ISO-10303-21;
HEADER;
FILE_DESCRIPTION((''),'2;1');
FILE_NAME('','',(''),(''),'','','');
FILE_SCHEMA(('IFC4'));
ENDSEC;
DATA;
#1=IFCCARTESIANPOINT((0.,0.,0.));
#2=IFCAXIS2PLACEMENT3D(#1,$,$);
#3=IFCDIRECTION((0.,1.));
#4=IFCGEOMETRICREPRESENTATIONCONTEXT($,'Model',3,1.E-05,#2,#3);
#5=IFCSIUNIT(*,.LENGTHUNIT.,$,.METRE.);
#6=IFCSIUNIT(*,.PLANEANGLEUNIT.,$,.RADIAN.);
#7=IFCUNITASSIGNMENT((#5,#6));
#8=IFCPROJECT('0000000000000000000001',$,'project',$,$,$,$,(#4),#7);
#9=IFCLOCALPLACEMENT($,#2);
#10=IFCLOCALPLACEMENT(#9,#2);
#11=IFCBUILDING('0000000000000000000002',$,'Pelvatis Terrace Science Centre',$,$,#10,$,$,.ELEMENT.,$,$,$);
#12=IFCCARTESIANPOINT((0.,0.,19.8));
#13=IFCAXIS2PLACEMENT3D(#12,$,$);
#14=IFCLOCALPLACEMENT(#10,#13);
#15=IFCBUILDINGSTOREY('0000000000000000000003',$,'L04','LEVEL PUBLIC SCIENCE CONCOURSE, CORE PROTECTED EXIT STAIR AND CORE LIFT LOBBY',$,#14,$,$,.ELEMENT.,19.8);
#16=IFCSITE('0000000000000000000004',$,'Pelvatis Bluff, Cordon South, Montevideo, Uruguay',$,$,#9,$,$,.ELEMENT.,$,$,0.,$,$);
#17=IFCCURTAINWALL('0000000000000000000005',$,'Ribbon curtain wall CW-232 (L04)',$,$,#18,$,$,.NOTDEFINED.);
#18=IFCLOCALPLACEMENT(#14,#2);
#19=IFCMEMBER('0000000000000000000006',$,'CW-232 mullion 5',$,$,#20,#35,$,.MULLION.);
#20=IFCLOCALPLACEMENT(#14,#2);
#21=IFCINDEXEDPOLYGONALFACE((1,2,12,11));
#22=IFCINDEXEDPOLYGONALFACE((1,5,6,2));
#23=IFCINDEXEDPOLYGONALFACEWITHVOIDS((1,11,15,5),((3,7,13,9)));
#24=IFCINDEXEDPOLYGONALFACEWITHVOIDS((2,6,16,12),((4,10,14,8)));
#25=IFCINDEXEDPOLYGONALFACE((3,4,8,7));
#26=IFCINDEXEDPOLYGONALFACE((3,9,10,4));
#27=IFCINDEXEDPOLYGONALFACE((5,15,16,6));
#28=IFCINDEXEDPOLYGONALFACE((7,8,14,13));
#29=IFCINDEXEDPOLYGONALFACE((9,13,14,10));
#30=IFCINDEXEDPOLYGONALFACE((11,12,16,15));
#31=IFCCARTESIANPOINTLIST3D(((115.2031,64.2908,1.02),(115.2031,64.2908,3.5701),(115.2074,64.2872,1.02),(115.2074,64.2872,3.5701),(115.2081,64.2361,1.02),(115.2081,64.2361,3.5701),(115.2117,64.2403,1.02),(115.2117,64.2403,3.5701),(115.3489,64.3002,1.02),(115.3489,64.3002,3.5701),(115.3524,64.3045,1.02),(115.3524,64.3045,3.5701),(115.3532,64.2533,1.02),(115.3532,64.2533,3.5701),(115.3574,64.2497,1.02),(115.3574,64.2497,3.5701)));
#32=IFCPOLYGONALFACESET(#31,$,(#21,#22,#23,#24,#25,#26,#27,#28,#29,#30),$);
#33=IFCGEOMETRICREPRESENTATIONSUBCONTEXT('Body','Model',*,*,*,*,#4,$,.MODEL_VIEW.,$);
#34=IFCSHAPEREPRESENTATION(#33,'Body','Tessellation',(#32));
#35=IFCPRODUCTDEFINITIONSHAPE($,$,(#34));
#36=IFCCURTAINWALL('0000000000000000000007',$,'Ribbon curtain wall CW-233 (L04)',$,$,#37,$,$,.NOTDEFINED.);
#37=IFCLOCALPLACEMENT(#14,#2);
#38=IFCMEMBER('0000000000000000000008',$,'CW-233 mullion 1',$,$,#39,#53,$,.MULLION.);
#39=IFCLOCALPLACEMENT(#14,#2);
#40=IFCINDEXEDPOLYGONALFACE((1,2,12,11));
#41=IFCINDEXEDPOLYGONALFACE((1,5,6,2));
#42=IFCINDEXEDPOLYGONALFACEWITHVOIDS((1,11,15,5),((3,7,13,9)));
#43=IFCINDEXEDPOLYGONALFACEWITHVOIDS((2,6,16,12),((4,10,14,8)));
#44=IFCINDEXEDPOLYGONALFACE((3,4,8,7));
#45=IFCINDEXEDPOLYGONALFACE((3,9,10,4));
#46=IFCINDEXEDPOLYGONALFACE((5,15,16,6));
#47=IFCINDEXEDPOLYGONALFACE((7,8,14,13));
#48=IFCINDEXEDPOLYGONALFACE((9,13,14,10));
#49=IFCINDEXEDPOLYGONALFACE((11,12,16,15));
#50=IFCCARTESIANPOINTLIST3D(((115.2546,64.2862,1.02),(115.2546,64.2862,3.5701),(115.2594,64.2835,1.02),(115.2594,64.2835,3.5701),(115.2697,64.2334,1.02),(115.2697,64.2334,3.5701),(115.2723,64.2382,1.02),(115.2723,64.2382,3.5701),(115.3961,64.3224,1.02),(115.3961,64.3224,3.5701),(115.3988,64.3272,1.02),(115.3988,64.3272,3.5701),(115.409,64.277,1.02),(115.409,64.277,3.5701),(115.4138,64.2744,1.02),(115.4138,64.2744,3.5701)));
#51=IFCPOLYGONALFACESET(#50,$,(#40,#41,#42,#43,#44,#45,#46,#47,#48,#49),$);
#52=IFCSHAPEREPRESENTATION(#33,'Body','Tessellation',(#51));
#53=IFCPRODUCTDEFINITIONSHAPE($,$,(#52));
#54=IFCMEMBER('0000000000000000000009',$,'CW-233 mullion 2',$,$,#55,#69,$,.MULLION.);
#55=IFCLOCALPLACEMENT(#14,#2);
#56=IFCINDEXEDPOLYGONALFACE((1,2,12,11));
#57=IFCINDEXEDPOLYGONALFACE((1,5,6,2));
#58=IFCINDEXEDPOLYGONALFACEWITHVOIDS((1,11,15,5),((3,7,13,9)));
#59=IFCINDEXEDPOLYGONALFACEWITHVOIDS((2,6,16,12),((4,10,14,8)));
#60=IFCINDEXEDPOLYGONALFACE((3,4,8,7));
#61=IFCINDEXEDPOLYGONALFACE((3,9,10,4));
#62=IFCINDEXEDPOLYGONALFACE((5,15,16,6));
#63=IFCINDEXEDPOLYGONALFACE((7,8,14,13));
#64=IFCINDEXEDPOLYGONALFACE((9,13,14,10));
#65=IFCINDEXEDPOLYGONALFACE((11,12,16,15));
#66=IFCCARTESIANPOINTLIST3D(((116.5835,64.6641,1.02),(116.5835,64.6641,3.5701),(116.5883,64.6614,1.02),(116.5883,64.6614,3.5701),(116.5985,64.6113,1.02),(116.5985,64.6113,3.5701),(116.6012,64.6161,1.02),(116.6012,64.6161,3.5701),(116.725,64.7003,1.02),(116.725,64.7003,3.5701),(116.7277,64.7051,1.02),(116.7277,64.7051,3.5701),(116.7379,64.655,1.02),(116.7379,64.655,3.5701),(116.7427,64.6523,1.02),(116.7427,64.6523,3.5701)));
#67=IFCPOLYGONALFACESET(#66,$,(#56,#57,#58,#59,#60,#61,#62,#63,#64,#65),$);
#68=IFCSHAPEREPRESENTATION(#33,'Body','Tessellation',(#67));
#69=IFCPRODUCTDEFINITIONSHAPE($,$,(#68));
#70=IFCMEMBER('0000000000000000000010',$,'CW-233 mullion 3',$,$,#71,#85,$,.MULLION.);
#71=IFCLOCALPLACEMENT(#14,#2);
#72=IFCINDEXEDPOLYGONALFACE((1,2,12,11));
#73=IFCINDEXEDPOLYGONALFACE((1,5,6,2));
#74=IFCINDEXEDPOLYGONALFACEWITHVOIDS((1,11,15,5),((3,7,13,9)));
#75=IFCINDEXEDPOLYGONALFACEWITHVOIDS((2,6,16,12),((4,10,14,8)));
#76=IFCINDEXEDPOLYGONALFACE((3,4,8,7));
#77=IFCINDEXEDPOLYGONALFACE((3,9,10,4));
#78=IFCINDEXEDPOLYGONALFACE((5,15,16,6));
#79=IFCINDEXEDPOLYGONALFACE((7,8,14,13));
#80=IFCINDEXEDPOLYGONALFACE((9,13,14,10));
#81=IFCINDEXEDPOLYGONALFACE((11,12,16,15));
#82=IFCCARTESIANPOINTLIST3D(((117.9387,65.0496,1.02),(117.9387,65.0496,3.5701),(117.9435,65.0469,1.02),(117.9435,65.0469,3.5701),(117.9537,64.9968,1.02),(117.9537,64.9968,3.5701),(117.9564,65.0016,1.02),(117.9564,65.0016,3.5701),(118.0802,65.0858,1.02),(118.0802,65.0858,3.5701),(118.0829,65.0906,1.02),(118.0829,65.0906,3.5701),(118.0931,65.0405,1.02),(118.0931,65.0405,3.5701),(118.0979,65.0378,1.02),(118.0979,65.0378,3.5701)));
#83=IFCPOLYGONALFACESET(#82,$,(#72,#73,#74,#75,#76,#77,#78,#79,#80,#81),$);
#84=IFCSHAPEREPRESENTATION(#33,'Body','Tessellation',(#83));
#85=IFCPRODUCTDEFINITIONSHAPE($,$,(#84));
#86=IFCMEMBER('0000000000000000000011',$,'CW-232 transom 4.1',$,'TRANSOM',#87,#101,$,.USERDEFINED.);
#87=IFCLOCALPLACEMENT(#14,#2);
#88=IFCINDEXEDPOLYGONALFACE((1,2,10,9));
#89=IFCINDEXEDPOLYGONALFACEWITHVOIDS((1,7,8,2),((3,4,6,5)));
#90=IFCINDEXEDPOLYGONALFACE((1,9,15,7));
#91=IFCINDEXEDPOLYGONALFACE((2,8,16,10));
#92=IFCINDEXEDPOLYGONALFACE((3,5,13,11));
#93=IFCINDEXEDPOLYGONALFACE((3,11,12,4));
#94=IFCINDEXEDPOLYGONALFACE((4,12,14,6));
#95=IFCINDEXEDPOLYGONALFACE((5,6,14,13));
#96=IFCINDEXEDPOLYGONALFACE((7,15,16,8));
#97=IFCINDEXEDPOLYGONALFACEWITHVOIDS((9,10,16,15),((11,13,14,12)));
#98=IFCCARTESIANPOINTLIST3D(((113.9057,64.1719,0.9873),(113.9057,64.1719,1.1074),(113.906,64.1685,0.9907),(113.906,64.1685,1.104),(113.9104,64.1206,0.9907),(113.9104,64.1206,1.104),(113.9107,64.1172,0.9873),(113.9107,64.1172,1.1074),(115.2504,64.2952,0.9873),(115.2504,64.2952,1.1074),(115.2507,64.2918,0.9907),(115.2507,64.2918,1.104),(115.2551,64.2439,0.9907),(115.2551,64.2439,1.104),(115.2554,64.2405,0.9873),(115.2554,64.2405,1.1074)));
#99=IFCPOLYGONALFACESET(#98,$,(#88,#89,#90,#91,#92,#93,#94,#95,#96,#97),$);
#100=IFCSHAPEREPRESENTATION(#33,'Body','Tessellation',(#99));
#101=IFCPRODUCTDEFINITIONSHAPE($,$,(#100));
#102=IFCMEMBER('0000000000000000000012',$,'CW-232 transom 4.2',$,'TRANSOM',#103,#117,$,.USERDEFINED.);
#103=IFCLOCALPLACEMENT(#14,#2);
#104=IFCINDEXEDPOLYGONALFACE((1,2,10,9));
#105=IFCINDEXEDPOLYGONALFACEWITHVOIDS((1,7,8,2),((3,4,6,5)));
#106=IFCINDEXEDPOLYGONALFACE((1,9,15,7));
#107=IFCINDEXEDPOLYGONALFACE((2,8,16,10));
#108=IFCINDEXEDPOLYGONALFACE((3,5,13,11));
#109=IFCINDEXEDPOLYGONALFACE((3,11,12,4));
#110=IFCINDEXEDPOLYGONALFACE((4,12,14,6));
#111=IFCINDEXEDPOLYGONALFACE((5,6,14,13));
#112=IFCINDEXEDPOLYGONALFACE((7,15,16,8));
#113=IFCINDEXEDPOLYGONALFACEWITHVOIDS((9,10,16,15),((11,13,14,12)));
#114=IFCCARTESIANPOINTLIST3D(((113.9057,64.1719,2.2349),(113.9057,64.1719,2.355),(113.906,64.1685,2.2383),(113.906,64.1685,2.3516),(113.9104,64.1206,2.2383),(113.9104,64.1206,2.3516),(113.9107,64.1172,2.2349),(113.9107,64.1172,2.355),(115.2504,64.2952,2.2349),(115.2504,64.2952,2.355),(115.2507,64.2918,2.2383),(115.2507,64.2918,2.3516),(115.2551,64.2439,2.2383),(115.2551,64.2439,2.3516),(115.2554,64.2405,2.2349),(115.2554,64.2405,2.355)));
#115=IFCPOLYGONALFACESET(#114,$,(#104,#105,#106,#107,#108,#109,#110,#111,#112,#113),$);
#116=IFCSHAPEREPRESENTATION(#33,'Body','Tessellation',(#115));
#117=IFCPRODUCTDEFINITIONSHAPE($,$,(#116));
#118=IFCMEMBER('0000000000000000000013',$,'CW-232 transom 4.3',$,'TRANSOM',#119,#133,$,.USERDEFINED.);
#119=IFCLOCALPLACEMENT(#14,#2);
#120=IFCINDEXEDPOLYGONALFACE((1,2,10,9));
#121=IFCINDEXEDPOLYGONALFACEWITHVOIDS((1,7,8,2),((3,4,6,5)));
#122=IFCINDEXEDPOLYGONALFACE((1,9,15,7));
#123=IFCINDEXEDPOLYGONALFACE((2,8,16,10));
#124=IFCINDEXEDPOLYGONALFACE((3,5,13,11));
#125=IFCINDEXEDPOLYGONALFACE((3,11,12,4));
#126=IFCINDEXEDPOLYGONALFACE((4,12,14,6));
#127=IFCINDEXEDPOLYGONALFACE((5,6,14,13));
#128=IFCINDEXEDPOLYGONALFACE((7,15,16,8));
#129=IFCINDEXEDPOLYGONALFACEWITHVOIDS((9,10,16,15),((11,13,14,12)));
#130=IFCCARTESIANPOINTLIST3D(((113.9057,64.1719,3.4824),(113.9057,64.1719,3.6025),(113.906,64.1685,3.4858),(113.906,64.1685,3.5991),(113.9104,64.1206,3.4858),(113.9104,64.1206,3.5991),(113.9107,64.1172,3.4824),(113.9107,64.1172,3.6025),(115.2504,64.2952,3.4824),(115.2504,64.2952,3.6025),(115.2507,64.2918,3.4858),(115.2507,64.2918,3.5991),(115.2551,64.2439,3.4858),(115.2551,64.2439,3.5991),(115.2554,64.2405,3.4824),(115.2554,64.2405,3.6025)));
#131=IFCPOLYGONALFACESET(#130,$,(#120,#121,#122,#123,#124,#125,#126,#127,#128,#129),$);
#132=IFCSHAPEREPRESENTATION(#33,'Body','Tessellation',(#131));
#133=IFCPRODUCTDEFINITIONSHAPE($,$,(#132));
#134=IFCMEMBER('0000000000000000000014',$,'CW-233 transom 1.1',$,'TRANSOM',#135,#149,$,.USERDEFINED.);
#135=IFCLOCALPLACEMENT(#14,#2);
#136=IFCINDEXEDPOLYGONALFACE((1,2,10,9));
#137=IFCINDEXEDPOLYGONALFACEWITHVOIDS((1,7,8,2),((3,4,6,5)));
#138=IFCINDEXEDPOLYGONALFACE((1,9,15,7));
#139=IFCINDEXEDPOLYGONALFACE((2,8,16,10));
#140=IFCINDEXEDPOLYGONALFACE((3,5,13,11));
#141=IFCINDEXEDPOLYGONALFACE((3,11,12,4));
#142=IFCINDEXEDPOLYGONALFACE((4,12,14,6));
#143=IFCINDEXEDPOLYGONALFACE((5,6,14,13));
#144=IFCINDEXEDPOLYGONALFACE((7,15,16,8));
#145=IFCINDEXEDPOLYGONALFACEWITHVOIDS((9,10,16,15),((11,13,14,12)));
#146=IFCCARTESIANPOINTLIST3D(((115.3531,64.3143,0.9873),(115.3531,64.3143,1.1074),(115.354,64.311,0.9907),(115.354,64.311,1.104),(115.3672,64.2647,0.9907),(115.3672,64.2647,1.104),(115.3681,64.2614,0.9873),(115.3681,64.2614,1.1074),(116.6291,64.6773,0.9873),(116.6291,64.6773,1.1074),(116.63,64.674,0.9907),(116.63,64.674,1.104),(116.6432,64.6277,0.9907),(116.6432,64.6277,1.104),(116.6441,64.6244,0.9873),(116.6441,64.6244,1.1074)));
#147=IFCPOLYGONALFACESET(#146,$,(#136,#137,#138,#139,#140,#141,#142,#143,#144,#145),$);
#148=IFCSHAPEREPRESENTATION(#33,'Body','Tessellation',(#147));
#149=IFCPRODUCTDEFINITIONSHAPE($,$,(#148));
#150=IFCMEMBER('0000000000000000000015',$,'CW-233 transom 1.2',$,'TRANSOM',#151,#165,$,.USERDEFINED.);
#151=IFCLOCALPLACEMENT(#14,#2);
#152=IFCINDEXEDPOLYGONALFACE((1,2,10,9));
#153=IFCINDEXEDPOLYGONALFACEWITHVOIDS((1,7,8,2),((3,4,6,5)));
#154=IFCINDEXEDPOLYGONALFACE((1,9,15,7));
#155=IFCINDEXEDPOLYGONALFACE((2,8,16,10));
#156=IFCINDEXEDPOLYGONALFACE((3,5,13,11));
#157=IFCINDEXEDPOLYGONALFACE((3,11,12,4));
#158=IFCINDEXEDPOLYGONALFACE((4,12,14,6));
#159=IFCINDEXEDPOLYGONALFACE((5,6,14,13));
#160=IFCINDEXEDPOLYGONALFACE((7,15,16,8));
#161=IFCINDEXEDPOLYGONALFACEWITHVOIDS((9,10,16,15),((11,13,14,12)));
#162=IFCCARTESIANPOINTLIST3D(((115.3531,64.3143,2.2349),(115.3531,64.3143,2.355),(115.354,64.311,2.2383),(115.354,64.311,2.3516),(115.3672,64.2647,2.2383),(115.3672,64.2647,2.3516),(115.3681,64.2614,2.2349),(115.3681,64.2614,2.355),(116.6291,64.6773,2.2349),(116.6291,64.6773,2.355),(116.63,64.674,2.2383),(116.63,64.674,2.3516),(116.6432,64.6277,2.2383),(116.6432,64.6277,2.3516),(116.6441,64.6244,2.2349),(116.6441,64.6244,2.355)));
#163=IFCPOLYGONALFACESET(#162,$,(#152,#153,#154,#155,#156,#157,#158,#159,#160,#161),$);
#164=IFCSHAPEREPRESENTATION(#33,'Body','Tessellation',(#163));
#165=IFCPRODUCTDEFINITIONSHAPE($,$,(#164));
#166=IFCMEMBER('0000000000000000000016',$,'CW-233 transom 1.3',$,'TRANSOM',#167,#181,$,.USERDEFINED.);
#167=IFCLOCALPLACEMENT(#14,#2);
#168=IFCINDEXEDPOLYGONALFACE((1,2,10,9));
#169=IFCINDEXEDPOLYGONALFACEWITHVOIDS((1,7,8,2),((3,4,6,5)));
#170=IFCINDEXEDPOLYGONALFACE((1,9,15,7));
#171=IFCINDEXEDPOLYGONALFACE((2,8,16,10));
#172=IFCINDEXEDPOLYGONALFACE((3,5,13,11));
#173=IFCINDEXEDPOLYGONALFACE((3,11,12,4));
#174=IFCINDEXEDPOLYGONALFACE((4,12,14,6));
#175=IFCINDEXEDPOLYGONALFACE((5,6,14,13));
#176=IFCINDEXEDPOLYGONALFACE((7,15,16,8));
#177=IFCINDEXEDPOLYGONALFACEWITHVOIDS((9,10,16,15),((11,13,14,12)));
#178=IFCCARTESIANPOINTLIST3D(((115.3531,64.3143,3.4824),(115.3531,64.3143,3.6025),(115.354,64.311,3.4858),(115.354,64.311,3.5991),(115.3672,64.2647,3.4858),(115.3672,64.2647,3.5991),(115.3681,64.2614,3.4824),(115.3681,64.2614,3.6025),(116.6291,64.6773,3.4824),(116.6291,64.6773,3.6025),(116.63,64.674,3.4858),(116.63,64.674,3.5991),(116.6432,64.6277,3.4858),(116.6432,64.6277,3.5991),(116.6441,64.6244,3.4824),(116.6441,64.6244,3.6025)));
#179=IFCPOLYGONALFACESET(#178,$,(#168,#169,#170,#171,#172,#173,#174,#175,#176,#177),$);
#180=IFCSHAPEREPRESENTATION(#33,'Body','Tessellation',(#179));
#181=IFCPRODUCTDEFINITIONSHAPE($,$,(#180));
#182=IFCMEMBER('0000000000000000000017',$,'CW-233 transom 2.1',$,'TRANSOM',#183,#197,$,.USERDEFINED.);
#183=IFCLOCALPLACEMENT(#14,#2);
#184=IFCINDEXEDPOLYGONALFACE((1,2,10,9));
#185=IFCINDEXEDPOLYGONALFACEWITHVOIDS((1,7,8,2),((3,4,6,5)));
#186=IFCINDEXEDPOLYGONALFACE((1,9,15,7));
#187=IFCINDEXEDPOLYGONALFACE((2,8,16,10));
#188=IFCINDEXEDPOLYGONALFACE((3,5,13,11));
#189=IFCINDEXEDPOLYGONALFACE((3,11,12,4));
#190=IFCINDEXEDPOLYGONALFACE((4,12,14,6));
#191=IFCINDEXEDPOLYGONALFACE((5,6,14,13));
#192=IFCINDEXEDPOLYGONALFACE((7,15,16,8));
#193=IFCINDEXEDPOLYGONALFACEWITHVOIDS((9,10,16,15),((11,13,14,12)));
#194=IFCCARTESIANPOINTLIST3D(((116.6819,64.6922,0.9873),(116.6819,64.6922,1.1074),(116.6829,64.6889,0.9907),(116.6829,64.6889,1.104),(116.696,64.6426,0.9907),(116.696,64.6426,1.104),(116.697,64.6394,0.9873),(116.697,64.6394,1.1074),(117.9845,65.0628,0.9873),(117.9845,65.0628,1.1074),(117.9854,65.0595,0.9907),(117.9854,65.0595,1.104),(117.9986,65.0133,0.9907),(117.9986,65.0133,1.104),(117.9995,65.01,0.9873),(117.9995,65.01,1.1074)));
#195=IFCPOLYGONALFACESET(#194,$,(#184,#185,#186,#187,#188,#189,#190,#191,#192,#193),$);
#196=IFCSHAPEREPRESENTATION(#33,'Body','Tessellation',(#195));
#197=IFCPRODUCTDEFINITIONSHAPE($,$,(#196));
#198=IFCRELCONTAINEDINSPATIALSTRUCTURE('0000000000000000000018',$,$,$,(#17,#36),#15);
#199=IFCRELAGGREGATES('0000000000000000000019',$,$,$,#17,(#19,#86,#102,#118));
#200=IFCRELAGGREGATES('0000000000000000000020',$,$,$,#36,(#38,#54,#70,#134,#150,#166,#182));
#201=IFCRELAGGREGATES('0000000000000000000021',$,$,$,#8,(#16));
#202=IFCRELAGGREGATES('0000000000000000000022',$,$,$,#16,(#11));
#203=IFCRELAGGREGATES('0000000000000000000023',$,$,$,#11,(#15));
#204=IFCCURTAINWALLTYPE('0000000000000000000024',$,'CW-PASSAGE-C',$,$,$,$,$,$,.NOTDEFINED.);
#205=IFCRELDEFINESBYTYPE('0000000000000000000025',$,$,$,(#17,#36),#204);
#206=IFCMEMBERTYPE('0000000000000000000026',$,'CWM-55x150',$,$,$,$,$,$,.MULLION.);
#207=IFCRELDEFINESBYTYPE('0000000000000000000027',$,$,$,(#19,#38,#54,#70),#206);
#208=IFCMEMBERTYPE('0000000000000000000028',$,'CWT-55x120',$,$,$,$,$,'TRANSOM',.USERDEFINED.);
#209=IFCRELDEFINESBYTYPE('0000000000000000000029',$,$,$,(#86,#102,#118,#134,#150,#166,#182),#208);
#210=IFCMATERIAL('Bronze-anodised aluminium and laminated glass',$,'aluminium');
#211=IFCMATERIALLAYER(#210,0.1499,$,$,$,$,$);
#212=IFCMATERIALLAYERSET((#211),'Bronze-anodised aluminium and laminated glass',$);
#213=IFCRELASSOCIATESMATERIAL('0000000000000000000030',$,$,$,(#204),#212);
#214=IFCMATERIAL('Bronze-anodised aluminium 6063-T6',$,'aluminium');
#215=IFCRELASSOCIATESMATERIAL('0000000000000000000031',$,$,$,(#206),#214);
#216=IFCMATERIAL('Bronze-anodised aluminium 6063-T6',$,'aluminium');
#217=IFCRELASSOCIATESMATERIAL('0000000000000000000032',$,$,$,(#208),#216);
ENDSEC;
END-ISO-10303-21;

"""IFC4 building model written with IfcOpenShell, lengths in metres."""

from ifc_helpers import new_model, si_unit, direction, frame, origin, origin_2d, place, context, subcontext, project, spatial, hollow_rectangle, extrude, material, layer, layer_set, material_profile, profile_set, type_object, element, aggregate, save


model = new_model("IFC4")

# Units and contexts
model_context = context("Model", 3, precision=1e-05, world=origin(), true_north=direction((0.0, 1.0)))
body_context = subcontext(model_context, "Body", "Model", "MODEL_VIEW")
ifc_project = project(units=[si_unit("LENGTHUNIT", "METRE"), si_unit("PLANEANGLEUNIT", "RADIAN")], contexts=[model_context])

# Site, building, storey
site_placement = place(None, origin())
site = spatial("IfcSite", under=ifc_project, at=site_placement, Name="Pelvatis Bluff, Cordon South, Montevideo, Uruguay", CompositionType="ELEMENT", RefElevation=0.0)
building_placement = place(site_placement, origin())
building = spatial("IfcBuilding", under=site, at=building_placement, Name="Pelvatis Terrace Science Centre", CompositionType="ELEMENT")
storey_placement = place(building_placement, frame((0.0, 0.0, 19.8)))
storey = spatial("IfcBuildingStorey", under=building, at=storey_placement, Name="L04", Description="LEVEL PUBLIC SCIENCE CONCOURSE, CORE PROTECTED EXIT STAIR AND CORE LIFT LOBBY", CompositionType="ELEMENT", Elevation=19.8)

# Curtain wall, member
ifc_material_1 = material(Name="Bronze-anodised aluminium and laminated glass", Category="aluminium")
ifc_layer_1 = layer(ifc_material_1, 0.1499)
ifc_layer_set_1 = layer_set([ifc_layer_1], Name="Bronze-anodised aluminium and laminated glass")
curtain_wall_type = type_object("IfcCurtainWallType", Name="CW-PASSAGE-C", PredefinedType="NOTDEFINED", material=ifc_layer_set_1)
curtain_wall_1_placement = place(storey_placement, origin())
curtain_wall_1 = element("IfcCurtainWall", 1, at=curtain_wall_1_placement, inside=storey, type_object=curtain_wall_type, Name="Ribbon curtain wall CW-232 (L04)", PredefinedType="NOTDEFINED")
ifc_material_2 = material(Name="Bronze-anodised aluminium 6063-T6", Category="aluminium")
ifc_material_profile_1 = material_profile(ifc_material_2, hollow_rectangle(XDim=0.0549, YDim=0.1499, WallThickness=0.0039, at=origin_2d()), Name="ALU-MUL 55x150")
ifc_profile_set_1 = profile_set([ifc_material_profile_1], Name="Bronze-anodised aluminium 6063-T6")
member_type_1 = type_object("IfcMemberType", Name="CWM-55x150", PredefinedType="MULLION", material=ifc_profile_set_1)
member_1_placement = place(storey_placement, frame((115.2803, 64.2703, 1.02), z_axis=(0.0, 0.0, 1.0), x_axis=(-0.091214, 0.995831, 0.0)))
member_1 = element("IfcMember", 2, at=member_1_placement, type_object=member_type_1, Name="CW-232 mullion 5", PredefinedType="MULLION", context=body_context, shape_type="SweptSolid", body=[
    extrude(hollow_rectangle(XDim=0.0549, YDim=0.1499, WallThickness=0.0039, at=origin_2d()), origin(), (0.0, 0.0, 1.0), 2.55),
])

# Curtain wall, members
curtain_wall_2_placement = place(storey_placement, origin())
curtain_wall_2 = element("IfcCurtainWall", 3, at=curtain_wall_2_placement, inside=storey, type_object=curtain_wall_type, Name="Ribbon curtain wall CW-233 (L04)", PredefinedType="NOTDEFINED")
member_2_placement = place(storey_placement, frame((115.3342, 64.2803, 1.02), z_axis=(0.0, 0.0, 1.0), x_axis=(-0.273577, 0.96185, 0.0)))
member_2 = element("IfcMember", 4, at=member_2_placement, type_object=member_type_1, Name="CW-233 mullion 1", PredefinedType="MULLION", context=body_context, shape_type="SweptSolid", body=[
    extrude(hollow_rectangle(XDim=0.0549, YDim=0.1499, WallThickness=0.0039, at=origin_2d()), origin(), (0.0, 0.0, 1.0), 2.55),
])
member_3_placement = place(storey_placement, frame((116.6631, 64.6582, 1.02), z_axis=(0.0, 0.0, 1.0), x_axis=(-0.273577, 0.96185, 0.0)))
member_3 = element("IfcMember", 5, at=member_3_placement, type_object=member_type_1, Name="CW-233 mullion 2", PredefinedType="MULLION", context=body_context, shape_type="SweptSolid", body=[
    extrude(hollow_rectangle(XDim=0.0549, YDim=0.1499, WallThickness=0.0039, at=origin_2d()), origin(), (0.0, 0.0, 1.0), 2.55),
])
member_4_placement = place(storey_placement, frame((118.0183, 65.0437, 1.02), z_axis=(0.0, 0.0, 1.0), x_axis=(-0.273577, 0.96185, 0.0)))
member_4 = element("IfcMember", 6, at=member_4_placement, type_object=member_type_1, Name="CW-233 mullion 3", PredefinedType="MULLION", context=body_context, shape_type="SweptSolid", body=[
    extrude(hollow_rectangle(XDim=0.0549, YDim=0.1499, WallThickness=0.0039, at=origin_2d()), origin(), (0.0, 0.0, 1.0), 2.55),
])

# Members
ifc_material_3 = material(Name="Bronze-anodised aluminium 6063-T6", Category="aluminium")
ifc_material_profile_2 = material_profile(ifc_material_3, hollow_rectangle(XDim=0.0549, YDim=0.1201, WallThickness=0.0034, at=origin_2d()), Name="ALU-TRN 55x120")
ifc_profile_set_2 = profile_set([ifc_material_profile_2], Name="Bronze-anodised aluminium 6063-T6")
member_type_2 = type_object("IfcMemberType", Name="CWT-55x120", ElementType="TRANSOM", PredefinedType="USERDEFINED", material=ifc_profile_set_2)
member_5_placement = place(storey_placement, frame((113.9082, 64.1445, 1.0474), z_axis=(0.995823, 0.091302, 0.0), x_axis=(-0.091302, 0.995823, 0.0)))
member_5 = element("IfcMember", 7, at=member_5_placement, type_object=member_type_2, Name="CW-232 transom 4.1", ObjectType="TRANSOM", PredefinedType="USERDEFINED", context=body_context, shape_type="SweptSolid", body=[
    extrude(hollow_rectangle(XDim=0.0549, YDim=0.1201, WallThickness=0.0034, at=origin_2d()), origin(), (0.0, 0.0, 1.0), 1.3503),
])
member_6_placement = place(storey_placement, frame((113.9082, 64.1445, 2.2949), z_axis=(0.995823, 0.091302, 0.0), x_axis=(-0.091302, 0.995823, 0.0)))
member_6 = element("IfcMember", 8, at=member_6_placement, type_object=member_type_2, Name="CW-232 transom 4.2", ObjectType="TRANSOM", PredefinedType="USERDEFINED", context=body_context, shape_type="SweptSolid", body=[
    extrude(hollow_rectangle(XDim=0.0549, YDim=0.1201, WallThickness=0.0034, at=origin_2d()), origin(), (0.0, 0.0, 1.0), 1.3503),
])
member_7_placement = place(storey_placement, frame((113.9082, 64.1445, 3.5425), z_axis=(0.995823, 0.091302, 0.0), x_axis=(-0.091302, 0.995823, 0.0)))
member_7 = element("IfcMember", 9, at=member_7_placement, type_object=member_type_2, Name="CW-232 transom 4.3", ObjectType="TRANSOM", PredefinedType="USERDEFINED", context=body_context, shape_type="SweptSolid", body=[
    extrude(hollow_rectangle(XDim=0.0549, YDim=0.1201, WallThickness=0.0034, at=origin_2d()), origin(), (0.0, 0.0, 1.0), 1.3503),
])
member_8_placement = place(storey_placement, frame((115.3606, 64.2878, 1.0474), z_axis=(0.961836, 0.273627, 0.0), x_axis=(-0.273627, 0.961836, 0.0)))
member_8 = element("IfcMember", 10, at=member_8_placement, type_object=member_type_2, Name="CW-233 transom 1.1", ObjectType="TRANSOM", PredefinedType="USERDEFINED", context=body_context, shape_type="SweptSolid", body=[
    extrude(hollow_rectangle(XDim=0.0549, YDim=0.1201, WallThickness=0.0034, at=origin_2d()), origin(), (0.0, 0.0, 1.0), 1.3267),
])
member_9_placement = place(storey_placement, frame((115.3606, 64.2878, 2.2949), z_axis=(0.961836, 0.273627, 0.0), x_axis=(-0.273627, 0.961836, 0.0)))
member_9 = element("IfcMember", 11, at=member_9_placement, type_object=member_type_2, Name="CW-233 transom 1.2", ObjectType="TRANSOM", PredefinedType="USERDEFINED", context=body_context, shape_type="SweptSolid", body=[
    extrude(hollow_rectangle(XDim=0.0549, YDim=0.1201, WallThickness=0.0034, at=origin_2d()), origin(), (0.0, 0.0, 1.0), 1.3267),
])
member_10_placement = place(storey_placement, frame((115.3606, 64.2878, 3.5425), z_axis=(0.961836, 0.273627, 0.0), x_axis=(-0.273627, 0.961836, 0.0)))
member_10 = element("IfcMember", 12, at=member_10_placement, type_object=member_type_2, Name="CW-233 transom 1.3", ObjectType="TRANSOM", PredefinedType="USERDEFINED", context=body_context, shape_type="SweptSolid", body=[
    extrude(hollow_rectangle(XDim=0.0549, YDim=0.1201, WallThickness=0.0034, at=origin_2d()), origin(), (0.0, 0.0, 1.0), 1.3267),
])
member_11_placement = place(storey_placement, frame((116.6895, 64.6658, 1.0474), z_axis=(0.961823, 0.273673, 0.0), x_axis=(-0.273673, 0.961823, 0.0)))
member_11 = element("IfcMember", 13, at=member_11_placement, type_object=member_type_2, Name="CW-233 transom 2.1", ObjectType="TRANSOM", PredefinedType="USERDEFINED", context=body_context, shape_type="SweptSolid", body=[
    extrude(hollow_rectangle(XDim=0.0549, YDim=0.1201, WallThickness=0.0034, at=origin_2d()), origin(), (0.0, 0.0, 1.0), 1.3542),
])

aggregate(curtain_wall_1, [member_1, member_5, member_6, member_7])
aggregate(curtain_wall_2, [member_2, member_3, member_4, member_8, member_9, member_10, member_11])

save(model, "model.ifc")
